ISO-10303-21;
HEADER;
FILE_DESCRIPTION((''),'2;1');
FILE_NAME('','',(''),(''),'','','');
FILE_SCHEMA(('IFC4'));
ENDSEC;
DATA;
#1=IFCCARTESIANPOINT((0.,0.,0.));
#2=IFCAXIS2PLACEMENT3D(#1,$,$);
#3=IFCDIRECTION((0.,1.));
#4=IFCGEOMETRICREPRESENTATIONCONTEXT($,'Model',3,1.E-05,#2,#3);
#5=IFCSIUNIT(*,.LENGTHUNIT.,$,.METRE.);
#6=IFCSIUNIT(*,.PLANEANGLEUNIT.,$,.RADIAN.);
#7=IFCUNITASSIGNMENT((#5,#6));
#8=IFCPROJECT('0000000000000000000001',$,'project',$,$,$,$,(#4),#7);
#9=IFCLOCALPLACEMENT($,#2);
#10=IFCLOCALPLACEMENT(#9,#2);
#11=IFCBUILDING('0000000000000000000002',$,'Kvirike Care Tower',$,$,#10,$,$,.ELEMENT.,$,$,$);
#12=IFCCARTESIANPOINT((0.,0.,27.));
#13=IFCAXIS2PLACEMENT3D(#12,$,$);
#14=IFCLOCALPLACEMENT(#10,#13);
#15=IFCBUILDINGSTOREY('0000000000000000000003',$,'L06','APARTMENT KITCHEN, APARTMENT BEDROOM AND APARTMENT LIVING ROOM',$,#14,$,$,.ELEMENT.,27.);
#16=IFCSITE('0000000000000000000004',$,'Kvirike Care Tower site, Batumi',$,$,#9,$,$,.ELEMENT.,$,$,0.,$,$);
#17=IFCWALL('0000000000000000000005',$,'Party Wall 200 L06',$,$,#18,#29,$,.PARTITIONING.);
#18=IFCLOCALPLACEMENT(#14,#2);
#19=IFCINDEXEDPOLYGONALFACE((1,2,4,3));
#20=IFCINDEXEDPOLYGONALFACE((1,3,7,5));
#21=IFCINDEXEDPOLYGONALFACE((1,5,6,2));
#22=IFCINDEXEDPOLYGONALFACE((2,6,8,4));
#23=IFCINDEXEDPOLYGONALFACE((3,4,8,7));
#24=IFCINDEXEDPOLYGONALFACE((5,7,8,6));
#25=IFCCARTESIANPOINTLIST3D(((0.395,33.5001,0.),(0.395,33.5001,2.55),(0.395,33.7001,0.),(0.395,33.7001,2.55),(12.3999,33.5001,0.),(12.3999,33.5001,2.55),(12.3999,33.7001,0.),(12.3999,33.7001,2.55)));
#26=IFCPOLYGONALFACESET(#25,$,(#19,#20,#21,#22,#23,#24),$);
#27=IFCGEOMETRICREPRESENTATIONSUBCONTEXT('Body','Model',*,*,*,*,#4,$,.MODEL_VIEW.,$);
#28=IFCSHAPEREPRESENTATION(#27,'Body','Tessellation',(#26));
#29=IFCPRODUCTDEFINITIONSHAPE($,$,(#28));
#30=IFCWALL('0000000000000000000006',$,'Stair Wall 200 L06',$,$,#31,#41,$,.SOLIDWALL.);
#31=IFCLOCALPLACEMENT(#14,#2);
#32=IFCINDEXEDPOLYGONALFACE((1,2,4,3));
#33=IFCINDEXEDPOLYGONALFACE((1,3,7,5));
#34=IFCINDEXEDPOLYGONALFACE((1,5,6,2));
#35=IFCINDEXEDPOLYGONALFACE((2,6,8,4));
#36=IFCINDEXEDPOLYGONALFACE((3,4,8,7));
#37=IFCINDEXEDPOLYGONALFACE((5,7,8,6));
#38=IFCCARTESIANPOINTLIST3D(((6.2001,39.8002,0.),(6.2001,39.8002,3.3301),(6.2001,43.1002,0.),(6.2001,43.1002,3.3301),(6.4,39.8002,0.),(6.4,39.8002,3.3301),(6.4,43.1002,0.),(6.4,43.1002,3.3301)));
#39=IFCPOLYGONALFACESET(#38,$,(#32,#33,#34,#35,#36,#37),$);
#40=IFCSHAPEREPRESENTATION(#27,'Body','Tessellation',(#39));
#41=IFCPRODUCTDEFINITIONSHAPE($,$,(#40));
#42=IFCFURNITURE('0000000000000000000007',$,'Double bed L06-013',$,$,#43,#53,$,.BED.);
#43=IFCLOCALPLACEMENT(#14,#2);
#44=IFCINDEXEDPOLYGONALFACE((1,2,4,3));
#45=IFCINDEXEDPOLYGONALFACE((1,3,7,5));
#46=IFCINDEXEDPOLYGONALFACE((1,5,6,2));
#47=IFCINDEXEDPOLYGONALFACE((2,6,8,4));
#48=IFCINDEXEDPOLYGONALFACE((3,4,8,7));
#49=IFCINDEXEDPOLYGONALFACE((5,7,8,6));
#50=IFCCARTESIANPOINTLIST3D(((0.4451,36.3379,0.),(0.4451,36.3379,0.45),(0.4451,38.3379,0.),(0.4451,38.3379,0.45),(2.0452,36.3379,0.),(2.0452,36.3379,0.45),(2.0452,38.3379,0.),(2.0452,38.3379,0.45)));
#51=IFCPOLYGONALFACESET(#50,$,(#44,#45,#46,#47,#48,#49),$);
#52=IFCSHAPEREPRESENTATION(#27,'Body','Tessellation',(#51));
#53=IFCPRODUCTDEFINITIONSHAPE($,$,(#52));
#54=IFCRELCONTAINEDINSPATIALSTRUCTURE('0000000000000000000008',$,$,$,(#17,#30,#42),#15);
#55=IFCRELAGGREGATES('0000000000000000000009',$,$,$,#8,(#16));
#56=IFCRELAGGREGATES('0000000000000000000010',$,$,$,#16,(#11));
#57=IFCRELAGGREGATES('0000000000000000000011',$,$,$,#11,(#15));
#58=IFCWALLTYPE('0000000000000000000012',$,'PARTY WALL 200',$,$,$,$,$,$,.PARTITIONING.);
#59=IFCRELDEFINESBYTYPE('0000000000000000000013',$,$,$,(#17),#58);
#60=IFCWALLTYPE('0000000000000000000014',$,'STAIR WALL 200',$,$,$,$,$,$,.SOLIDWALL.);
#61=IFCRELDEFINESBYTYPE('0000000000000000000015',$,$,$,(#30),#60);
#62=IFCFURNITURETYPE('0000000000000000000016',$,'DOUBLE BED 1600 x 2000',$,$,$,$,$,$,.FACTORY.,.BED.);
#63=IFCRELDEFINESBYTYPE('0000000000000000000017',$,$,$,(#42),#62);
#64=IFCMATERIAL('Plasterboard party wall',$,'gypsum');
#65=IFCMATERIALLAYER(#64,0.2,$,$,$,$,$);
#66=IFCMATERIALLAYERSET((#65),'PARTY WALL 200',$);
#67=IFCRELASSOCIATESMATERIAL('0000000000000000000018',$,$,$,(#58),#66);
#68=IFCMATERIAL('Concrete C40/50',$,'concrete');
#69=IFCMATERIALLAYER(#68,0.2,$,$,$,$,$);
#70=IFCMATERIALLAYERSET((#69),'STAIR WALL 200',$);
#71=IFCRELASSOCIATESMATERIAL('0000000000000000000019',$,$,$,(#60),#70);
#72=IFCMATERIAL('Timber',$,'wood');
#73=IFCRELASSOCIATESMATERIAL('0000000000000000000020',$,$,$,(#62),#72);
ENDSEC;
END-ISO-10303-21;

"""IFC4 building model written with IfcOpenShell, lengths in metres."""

from ifc_helpers import new_model, si_unit, direction, frame, frame_2d, origin, origin_2d, place, context, subcontext, project, spatial, rectangle, extrude, material, layer, layer_set, type_object, element, save


model = new_model("IFC4")

# Units and contexts
model_context = context("Model", 3, precision=1e-05, world=origin(), true_north=direction((0.0, 1.0)))
body_context = subcontext(model_context, "Body", "Model", "MODEL_VIEW")
ifc_project = project(units=[si_unit("LENGTHUNIT", "METRE"), si_unit("PLANEANGLEUNIT", "RADIAN")], contexts=[model_context])

# Site, building, storey
site_placement = place(None, origin())
site = spatial("IfcSite", under=ifc_project, at=site_placement, Name="Kvirike Care Tower site, Batumi", CompositionType="ELEMENT", RefElevation=0.0)
building_placement = place(site_placement, origin())
building = spatial("IfcBuilding", under=site, at=building_placement, Name="Kvirike Care Tower", CompositionType="ELEMENT")
storey_placement = place(building_placement, frame((0.0, 0.0, 27.0)))
storey = spatial("IfcBuildingStorey", under=building, at=storey_placement, Name="L06", Description="APARTMENT KITCHEN, APARTMENT BEDROOM AND APARTMENT LIVING ROOM", CompositionType="ELEMENT", Elevation=27.0)

# Walls
ifc_material_1 = material(Name="Plasterboard party wall", Category="gypsum")
ifc_layer_1 = layer(ifc_material_1, 0.2)
ifc_layer_set_1 = layer_set([ifc_layer_1], Name="PARTY WALL 200")
wall_type_1 = type_object("IfcWallType", Name="PARTY WALL 200", PredefinedType="PARTITIONING", material=ifc_layer_set_1)
wall_1_placement = place(storey_placement, frame((0.395, 33.6001, 0.0), z_axis=(0.0, 0.0, 1.0), x_axis=(1.0, 0.0, 0.0)))
element("IfcWall", 1, at=wall_1_placement, inside=storey, type_object=wall_type_1, Name="Party Wall 200 L06", PredefinedType="PARTITIONING", context=body_context, shape_type="SweptSolid", body=[
    extrude(rectangle(XDim=12.0049, YDim=0.2, at=frame_2d((6.0024, 0.0))), origin(), (0.0, 0.0, 1.0), 2.55),
])
ifc_material_2 = material(Name="Concrete C40/50", Category="concrete")
ifc_layer_2 = layer(ifc_material_2, 0.2)
ifc_layer_set_2 = layer_set([ifc_layer_2], Name="STAIR WALL 200")
wall_type_2 = type_object("IfcWallType", Name="STAIR WALL 200", PredefinedType="SOLIDWALL", material=ifc_layer_set_2)
wall_2_placement = place(storey_placement, frame((6.3, 43.1001, 0.0), z_axis=(0.0, 0.0, 1.0), x_axis=(0.0, -1.0, 0.0)))
element("IfcWall", 2, at=wall_2_placement, inside=storey, type_object=wall_type_2, Name="Stair Wall 200 L06", PredefinedType="SOLIDWALL", context=body_context, shape_type="SweptSolid", body=[
    extrude(rectangle(XDim=3.3, YDim=0.2, at=frame_2d((1.6499, 0.0))), origin(), (0.0, 0.0, 1.0), 3.3301),
])

# Furniture
ifc_material_3 = material(Name="Timber", Category="wood")
furniture_type = type_object("IfcFurnitureType", Name="DOUBLE BED 1600 x 2000", AssemblyPlace="FACTORY", PredefinedType="BED", material=ifc_material_3)
furniture_placement = place(storey_placement, frame((1.2451, 37.3379, 0.0), z_axis=(0.0, 0.0, 1.0), x_axis=(1.0, 0.0, 0.0)))
element("IfcFurniture", 3, at=furniture_placement, inside=storey, type_object=furniture_type, Name="Double bed L06-013", PredefinedType="BED", context=body_context, shape_type="SweptSolid", body=[
    extrude(rectangle(XDim=1.6001, YDim=2.0, at=origin_2d()), origin(), (0.0, 0.0, 1.0), 0.45),
])

save(model, "model.ifc")
